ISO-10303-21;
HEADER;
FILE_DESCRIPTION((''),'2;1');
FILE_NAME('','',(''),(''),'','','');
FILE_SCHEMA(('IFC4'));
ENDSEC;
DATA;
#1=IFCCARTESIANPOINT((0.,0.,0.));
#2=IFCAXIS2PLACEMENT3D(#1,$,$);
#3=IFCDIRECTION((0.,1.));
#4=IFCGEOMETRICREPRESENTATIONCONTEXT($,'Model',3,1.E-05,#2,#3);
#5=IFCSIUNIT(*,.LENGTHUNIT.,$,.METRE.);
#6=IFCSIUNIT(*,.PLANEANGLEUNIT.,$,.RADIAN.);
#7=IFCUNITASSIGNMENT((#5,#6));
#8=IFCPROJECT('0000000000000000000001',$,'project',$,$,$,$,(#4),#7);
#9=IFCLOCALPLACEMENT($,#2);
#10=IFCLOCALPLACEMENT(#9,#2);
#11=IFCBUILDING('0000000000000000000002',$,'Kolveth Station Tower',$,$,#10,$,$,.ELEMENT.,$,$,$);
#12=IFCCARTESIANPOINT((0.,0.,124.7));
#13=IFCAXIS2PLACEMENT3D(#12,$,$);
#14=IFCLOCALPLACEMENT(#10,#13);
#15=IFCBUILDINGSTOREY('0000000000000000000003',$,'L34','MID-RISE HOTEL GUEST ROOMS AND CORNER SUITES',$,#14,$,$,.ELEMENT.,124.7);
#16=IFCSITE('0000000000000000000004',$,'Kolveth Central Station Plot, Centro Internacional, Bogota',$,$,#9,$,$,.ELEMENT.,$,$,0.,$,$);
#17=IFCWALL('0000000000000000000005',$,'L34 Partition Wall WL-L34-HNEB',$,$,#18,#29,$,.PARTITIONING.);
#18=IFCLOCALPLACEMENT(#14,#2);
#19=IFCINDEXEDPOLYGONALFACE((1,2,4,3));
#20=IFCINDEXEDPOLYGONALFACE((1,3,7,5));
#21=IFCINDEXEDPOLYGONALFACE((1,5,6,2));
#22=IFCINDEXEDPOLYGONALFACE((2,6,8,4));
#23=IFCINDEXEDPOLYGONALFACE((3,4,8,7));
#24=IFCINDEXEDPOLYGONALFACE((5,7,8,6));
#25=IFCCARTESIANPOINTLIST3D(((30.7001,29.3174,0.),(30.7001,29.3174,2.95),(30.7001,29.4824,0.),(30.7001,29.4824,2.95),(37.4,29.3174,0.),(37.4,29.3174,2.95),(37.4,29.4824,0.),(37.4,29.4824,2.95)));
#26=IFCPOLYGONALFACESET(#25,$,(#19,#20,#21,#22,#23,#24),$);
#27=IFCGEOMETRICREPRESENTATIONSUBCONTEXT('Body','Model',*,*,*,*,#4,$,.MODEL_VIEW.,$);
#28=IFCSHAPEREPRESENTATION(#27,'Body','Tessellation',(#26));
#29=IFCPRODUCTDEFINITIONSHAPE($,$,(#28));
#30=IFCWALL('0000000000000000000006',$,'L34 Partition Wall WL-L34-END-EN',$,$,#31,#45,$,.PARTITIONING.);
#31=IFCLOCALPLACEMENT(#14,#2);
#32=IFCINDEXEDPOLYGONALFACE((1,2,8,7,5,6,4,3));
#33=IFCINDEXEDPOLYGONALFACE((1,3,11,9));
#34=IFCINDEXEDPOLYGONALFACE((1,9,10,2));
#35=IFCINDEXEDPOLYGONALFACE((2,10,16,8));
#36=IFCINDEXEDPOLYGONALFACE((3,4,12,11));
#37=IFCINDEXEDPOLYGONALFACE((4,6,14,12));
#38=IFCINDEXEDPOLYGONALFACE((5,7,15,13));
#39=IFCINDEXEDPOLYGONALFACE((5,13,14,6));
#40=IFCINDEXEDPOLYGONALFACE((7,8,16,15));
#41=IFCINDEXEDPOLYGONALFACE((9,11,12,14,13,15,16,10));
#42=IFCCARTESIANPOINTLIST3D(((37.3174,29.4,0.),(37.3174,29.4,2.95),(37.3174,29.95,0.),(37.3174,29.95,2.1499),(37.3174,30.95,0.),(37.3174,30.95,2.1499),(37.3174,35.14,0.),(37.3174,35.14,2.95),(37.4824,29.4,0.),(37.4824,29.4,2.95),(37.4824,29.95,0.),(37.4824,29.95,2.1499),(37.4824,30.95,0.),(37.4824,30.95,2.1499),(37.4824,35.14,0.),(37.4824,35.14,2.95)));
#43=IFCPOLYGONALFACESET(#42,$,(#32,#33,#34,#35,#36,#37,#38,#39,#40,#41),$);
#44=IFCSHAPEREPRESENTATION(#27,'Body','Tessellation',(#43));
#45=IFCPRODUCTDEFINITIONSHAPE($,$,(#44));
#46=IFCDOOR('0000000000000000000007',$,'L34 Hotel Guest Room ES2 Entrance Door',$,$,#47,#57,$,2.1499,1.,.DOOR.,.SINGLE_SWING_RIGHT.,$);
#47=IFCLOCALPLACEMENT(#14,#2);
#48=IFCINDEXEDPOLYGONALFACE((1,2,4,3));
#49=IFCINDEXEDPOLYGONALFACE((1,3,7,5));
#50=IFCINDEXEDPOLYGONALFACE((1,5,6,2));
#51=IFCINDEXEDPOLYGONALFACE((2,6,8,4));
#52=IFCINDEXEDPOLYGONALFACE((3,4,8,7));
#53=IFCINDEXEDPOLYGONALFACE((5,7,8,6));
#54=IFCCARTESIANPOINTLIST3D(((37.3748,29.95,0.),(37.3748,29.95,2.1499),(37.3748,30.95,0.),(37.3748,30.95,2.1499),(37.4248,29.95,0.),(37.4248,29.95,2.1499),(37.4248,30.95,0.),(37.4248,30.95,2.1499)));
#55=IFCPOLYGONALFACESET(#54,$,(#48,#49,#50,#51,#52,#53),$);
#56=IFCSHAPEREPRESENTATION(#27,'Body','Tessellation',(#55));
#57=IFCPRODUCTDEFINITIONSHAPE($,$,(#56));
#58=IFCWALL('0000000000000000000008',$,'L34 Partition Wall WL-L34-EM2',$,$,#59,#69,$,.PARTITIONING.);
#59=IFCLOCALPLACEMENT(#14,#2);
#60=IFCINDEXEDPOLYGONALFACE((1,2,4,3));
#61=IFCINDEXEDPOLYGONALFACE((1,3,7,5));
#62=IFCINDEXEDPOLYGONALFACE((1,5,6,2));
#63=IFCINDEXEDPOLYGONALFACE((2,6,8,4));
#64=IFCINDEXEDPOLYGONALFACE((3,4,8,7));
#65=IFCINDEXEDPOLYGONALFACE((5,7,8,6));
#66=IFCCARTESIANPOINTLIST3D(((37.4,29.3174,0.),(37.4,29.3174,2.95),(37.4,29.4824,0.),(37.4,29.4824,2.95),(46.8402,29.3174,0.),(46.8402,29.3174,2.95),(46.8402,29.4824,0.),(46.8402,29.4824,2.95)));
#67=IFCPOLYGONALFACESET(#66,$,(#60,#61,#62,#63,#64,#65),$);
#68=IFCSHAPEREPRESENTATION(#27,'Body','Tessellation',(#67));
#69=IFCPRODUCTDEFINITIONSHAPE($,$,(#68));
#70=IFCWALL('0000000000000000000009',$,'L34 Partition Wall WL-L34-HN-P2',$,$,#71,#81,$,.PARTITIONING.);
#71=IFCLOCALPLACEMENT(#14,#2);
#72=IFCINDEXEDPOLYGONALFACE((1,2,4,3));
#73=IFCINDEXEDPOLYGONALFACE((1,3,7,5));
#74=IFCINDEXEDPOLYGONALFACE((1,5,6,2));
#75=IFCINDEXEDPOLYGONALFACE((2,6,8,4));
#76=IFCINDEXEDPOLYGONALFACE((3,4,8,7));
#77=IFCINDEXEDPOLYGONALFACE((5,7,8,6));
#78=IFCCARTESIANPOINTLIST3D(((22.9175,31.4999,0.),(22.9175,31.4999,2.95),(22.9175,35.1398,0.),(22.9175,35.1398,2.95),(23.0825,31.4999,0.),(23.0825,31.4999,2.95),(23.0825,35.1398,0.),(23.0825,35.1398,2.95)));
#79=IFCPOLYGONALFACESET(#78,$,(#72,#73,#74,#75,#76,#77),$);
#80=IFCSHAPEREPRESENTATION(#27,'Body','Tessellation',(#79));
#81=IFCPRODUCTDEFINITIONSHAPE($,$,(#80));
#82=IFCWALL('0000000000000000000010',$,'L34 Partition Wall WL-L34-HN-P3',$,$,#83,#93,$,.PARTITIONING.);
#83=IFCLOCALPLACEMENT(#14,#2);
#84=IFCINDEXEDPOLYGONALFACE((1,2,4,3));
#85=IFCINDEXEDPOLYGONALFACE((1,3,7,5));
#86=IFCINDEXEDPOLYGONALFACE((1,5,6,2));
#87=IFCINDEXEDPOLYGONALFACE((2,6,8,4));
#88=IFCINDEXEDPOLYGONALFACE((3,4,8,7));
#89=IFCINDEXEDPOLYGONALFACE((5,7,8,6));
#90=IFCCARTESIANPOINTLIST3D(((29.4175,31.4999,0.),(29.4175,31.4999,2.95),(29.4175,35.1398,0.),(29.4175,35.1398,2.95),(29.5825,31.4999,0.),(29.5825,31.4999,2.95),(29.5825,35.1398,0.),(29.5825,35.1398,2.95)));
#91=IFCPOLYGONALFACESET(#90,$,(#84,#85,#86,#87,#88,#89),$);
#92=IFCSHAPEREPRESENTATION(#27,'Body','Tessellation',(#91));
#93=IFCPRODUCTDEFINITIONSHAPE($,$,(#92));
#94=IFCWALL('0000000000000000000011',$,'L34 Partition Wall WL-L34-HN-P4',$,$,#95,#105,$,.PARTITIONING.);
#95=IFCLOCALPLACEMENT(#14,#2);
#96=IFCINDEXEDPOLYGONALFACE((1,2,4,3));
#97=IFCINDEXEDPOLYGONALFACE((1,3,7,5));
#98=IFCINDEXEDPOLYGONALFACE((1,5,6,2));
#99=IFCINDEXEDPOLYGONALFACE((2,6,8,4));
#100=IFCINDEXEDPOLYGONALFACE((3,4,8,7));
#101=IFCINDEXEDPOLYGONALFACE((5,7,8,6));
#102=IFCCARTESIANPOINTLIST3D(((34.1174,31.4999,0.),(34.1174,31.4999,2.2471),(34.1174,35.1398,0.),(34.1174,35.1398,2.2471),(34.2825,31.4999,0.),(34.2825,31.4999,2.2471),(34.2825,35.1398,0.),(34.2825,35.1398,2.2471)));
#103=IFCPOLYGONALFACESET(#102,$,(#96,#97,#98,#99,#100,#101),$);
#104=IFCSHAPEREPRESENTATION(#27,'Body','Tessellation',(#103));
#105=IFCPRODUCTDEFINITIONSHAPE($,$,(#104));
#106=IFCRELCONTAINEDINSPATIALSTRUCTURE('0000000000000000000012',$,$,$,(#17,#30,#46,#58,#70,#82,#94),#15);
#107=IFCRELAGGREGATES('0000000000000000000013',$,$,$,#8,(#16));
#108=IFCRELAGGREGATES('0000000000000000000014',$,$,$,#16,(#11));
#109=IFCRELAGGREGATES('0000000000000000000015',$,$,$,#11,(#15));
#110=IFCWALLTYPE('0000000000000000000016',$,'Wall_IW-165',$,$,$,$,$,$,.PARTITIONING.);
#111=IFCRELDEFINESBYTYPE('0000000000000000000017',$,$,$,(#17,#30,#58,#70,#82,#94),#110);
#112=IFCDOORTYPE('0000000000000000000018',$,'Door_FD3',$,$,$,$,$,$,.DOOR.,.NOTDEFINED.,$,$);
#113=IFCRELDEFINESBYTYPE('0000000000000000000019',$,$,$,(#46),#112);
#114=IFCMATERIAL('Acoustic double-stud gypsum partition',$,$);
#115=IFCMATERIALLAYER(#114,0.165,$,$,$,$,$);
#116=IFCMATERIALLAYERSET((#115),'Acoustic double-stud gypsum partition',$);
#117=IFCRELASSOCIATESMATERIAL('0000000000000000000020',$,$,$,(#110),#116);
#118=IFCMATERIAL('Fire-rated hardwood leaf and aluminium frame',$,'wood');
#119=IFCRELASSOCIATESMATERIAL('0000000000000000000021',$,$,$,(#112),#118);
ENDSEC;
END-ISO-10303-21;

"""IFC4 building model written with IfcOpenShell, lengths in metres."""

from ifc_helpers import new_model, si_unit, direction, frame, frame_2d, origin, place, context, subcontext, project, spatial, rectangle, extrude, material, layer, layer_set, type_object, element, fill, save


model = new_model("IFC4")

# Units and contexts
model_context = context("Model", 3, precision=1e-05, world=origin(), true_north=direction((0.0, 1.0)))
body_context = subcontext(model_context, "Body", "Model", "MODEL_VIEW")
ifc_project = project(units=[si_unit("LENGTHUNIT", "METRE"), si_unit("PLANEANGLEUNIT", "RADIAN")], contexts=[model_context])

# Site, building, storey
site_placement = place(None, origin())
site = spatial("IfcSite", under=ifc_project, at=site_placement, Name="Kolveth Central Station Plot, Centro Internacional, Bogota", CompositionType="ELEMENT", RefElevation=0.0)
building_placement = place(site_placement, origin())
building = spatial("IfcBuilding", under=site, at=building_placement, Name="Kolveth Station Tower", CompositionType="ELEMENT")
storey_placement = place(building_placement, frame((0.0, 0.0, 124.7)))
storey = spatial("IfcBuildingStorey", under=building, at=storey_placement, Name="L34", Description="MID-RISE HOTEL GUEST ROOMS AND CORNER SUITES", CompositionType="ELEMENT", Elevation=124.7)

# Wall
ifc_material_1 = material(Name="Acoustic double-stud gypsum partition")
ifc_layer_1 = layer(ifc_material_1, 0.165)
ifc_layer_set_1 = layer_set([ifc_layer_1], Name="Acoustic double-stud gypsum partition")
wall_type = type_object("IfcWallType", Name="Wall_IW-165", PredefinedType="PARTITIONING", material=ifc_layer_set_1)
wall_1_placement = place(storey_placement, frame((30.7, 29.3999, 0.0), z_axis=(0.0, 0.0, 1.0), x_axis=(1.0, 0.0, 0.0)))
element("IfcWall", 1, at=wall_1_placement, inside=storey, type_object=wall_type, Name="L34 Partition Wall WL-L34-HNEB", PredefinedType="PARTITIONING", context=body_context, shape_type="SweptSolid", body=[
    extrude(rectangle(XDim=6.7, YDim=0.165, at=frame_2d((3.3501, 0.0))), origin(), (0.0, 0.0, 1.0), 2.95),
])

# Wall, opening, door
wall_2_placement = place(storey_placement, frame((37.3999, 29.3999, 0.0), z_axis=(0.0, 0.0, 1.0), x_axis=(0.0, 1.0, 0.0)))
wall_2 = element("IfcWall", 2, at=wall_2_placement, inside=storey, type_object=wall_type, Name="L34 Partition Wall WL-L34-END-EN", PredefinedType="PARTITIONING", context=body_context, shape_type="SweptSolid", body=[
    extrude(rectangle(XDim=5.74, YDim=0.165, at=frame_2d((2.8701, 0.0))), origin(), (0.0, 0.0, 1.0), 2.95),
])
opening_placement = place(wall_2_placement, frame((0.55, 0.0, 0.0)))
opening = element("IfcOpeningElement", 3, at=opening_placement, cuts=wall_2, PredefinedType="OPENING", context=body_context, shape_type="SweptSolid", body=[
    extrude(rectangle(XDim=1.0, YDim=2.1499, at=frame_2d((0.5, 1.075))), frame((0.0, 0.0925, 0.0), z_axis=(0.0, -1.0, 0.0), x_axis=(1.0, 0.0, 0.0)), (0.0, 0.0, 1.0), 0.1851),
])
ifc_material_2 = material(Name="Fire-rated hardwood leaf and aluminium frame", Category="wood")
door_type = type_object("IfcDoorType", Name="Door_FD3", OperationType="NOTDEFINED", PredefinedType="DOOR", material=ifc_material_2)
door_placement = place(opening_placement, frame((1.0, 0.0, 0.0), z_axis=(0.0, 0.0, 1.0), x_axis=(-1.0, 0.0, 0.0)))
door = element("IfcDoor", 4, at=door_placement, inside=storey, type_object=door_type, Name="L34 Hotel Guest Room ES2 Entrance Door", OperationType="SINGLE_SWING_RIGHT", OverallHeight=2.1499, OverallWidth=1.0, PredefinedType="DOOR", context=body_context, shape_type="SweptSolid", body=[
    extrude(rectangle(XDim=1.0, YDim=2.1499, at=frame_2d((0.5, 1.075))), frame((0.0, 0.0249, 0.0), z_axis=(0.0, -1.0, 0.0), x_axis=(1.0, 0.0, 0.0)), (0.0, 0.0, 1.0), 0.05),
])
fill(opening, door)

# Walls
wall_3_placement = place(storey_placement, frame((37.3999, 29.3999, 0.0), z_axis=(0.0, 0.0, 1.0), x_axis=(1.0, 0.0, 0.0)))
element("IfcWall", 5, at=wall_3_placement, inside=storey, type_object=wall_type, Name="L34 Partition Wall WL-L34-EM2", PredefinedType="PARTITIONING", context=body_context, shape_type="SweptSolid", body=[
    extrude(rectangle(XDim=9.4402, YDim=0.165, at=frame_2d((4.7202, 0.0))), origin(), (0.0, 0.0, 1.0), 2.95),
])
for number, where, z_axis, x_axis, name in (
    (6, (23.0, 31.5, 0.0), (0.0, 0.0, 1.0), (0.0, 1.0, 0.0), "L34 Partition Wall WL-L34-HN-P2"),
    (7, (29.5, 31.5, 0.0), (0.0, 0.0, 1.0), (0.0, 1.0, 0.0), "L34 Partition Wall WL-L34-HN-P3"),
):
    element("IfcWall", number, at=place(storey_placement, frame(where, z_axis=z_axis, x_axis=x_axis)), inside=storey, type_object=wall_type, Name=name, PredefinedType="PARTITIONING", context=body_context, shape_type="SweptSolid", body=[
        extrude(rectangle(XDim=3.6399, YDim=0.165, at=frame_2d((1.8198, 0.0))), origin(), (0.0, 0.0, 1.0), 2.95),
    ])
wall_4_placement = place(storey_placement, frame((34.2, 31.5, 0.0), z_axis=(0.0, 0.0, 1.0), x_axis=(0.0, 1.0, 0.0)))
element("IfcWall", 8, at=wall_4_placement, inside=storey, type_object=wall_type, Name="L34 Partition Wall WL-L34-HN-P4", PredefinedType="PARTITIONING", context=body_context, shape_type="SweptSolid", body=[
    extrude(rectangle(XDim=3.6399, YDim=0.165, at=frame_2d((1.8198, 0.0))), origin(), (0.0, 0.0, 1.0), 2.2471),
])

save(model, "model.ifc")
